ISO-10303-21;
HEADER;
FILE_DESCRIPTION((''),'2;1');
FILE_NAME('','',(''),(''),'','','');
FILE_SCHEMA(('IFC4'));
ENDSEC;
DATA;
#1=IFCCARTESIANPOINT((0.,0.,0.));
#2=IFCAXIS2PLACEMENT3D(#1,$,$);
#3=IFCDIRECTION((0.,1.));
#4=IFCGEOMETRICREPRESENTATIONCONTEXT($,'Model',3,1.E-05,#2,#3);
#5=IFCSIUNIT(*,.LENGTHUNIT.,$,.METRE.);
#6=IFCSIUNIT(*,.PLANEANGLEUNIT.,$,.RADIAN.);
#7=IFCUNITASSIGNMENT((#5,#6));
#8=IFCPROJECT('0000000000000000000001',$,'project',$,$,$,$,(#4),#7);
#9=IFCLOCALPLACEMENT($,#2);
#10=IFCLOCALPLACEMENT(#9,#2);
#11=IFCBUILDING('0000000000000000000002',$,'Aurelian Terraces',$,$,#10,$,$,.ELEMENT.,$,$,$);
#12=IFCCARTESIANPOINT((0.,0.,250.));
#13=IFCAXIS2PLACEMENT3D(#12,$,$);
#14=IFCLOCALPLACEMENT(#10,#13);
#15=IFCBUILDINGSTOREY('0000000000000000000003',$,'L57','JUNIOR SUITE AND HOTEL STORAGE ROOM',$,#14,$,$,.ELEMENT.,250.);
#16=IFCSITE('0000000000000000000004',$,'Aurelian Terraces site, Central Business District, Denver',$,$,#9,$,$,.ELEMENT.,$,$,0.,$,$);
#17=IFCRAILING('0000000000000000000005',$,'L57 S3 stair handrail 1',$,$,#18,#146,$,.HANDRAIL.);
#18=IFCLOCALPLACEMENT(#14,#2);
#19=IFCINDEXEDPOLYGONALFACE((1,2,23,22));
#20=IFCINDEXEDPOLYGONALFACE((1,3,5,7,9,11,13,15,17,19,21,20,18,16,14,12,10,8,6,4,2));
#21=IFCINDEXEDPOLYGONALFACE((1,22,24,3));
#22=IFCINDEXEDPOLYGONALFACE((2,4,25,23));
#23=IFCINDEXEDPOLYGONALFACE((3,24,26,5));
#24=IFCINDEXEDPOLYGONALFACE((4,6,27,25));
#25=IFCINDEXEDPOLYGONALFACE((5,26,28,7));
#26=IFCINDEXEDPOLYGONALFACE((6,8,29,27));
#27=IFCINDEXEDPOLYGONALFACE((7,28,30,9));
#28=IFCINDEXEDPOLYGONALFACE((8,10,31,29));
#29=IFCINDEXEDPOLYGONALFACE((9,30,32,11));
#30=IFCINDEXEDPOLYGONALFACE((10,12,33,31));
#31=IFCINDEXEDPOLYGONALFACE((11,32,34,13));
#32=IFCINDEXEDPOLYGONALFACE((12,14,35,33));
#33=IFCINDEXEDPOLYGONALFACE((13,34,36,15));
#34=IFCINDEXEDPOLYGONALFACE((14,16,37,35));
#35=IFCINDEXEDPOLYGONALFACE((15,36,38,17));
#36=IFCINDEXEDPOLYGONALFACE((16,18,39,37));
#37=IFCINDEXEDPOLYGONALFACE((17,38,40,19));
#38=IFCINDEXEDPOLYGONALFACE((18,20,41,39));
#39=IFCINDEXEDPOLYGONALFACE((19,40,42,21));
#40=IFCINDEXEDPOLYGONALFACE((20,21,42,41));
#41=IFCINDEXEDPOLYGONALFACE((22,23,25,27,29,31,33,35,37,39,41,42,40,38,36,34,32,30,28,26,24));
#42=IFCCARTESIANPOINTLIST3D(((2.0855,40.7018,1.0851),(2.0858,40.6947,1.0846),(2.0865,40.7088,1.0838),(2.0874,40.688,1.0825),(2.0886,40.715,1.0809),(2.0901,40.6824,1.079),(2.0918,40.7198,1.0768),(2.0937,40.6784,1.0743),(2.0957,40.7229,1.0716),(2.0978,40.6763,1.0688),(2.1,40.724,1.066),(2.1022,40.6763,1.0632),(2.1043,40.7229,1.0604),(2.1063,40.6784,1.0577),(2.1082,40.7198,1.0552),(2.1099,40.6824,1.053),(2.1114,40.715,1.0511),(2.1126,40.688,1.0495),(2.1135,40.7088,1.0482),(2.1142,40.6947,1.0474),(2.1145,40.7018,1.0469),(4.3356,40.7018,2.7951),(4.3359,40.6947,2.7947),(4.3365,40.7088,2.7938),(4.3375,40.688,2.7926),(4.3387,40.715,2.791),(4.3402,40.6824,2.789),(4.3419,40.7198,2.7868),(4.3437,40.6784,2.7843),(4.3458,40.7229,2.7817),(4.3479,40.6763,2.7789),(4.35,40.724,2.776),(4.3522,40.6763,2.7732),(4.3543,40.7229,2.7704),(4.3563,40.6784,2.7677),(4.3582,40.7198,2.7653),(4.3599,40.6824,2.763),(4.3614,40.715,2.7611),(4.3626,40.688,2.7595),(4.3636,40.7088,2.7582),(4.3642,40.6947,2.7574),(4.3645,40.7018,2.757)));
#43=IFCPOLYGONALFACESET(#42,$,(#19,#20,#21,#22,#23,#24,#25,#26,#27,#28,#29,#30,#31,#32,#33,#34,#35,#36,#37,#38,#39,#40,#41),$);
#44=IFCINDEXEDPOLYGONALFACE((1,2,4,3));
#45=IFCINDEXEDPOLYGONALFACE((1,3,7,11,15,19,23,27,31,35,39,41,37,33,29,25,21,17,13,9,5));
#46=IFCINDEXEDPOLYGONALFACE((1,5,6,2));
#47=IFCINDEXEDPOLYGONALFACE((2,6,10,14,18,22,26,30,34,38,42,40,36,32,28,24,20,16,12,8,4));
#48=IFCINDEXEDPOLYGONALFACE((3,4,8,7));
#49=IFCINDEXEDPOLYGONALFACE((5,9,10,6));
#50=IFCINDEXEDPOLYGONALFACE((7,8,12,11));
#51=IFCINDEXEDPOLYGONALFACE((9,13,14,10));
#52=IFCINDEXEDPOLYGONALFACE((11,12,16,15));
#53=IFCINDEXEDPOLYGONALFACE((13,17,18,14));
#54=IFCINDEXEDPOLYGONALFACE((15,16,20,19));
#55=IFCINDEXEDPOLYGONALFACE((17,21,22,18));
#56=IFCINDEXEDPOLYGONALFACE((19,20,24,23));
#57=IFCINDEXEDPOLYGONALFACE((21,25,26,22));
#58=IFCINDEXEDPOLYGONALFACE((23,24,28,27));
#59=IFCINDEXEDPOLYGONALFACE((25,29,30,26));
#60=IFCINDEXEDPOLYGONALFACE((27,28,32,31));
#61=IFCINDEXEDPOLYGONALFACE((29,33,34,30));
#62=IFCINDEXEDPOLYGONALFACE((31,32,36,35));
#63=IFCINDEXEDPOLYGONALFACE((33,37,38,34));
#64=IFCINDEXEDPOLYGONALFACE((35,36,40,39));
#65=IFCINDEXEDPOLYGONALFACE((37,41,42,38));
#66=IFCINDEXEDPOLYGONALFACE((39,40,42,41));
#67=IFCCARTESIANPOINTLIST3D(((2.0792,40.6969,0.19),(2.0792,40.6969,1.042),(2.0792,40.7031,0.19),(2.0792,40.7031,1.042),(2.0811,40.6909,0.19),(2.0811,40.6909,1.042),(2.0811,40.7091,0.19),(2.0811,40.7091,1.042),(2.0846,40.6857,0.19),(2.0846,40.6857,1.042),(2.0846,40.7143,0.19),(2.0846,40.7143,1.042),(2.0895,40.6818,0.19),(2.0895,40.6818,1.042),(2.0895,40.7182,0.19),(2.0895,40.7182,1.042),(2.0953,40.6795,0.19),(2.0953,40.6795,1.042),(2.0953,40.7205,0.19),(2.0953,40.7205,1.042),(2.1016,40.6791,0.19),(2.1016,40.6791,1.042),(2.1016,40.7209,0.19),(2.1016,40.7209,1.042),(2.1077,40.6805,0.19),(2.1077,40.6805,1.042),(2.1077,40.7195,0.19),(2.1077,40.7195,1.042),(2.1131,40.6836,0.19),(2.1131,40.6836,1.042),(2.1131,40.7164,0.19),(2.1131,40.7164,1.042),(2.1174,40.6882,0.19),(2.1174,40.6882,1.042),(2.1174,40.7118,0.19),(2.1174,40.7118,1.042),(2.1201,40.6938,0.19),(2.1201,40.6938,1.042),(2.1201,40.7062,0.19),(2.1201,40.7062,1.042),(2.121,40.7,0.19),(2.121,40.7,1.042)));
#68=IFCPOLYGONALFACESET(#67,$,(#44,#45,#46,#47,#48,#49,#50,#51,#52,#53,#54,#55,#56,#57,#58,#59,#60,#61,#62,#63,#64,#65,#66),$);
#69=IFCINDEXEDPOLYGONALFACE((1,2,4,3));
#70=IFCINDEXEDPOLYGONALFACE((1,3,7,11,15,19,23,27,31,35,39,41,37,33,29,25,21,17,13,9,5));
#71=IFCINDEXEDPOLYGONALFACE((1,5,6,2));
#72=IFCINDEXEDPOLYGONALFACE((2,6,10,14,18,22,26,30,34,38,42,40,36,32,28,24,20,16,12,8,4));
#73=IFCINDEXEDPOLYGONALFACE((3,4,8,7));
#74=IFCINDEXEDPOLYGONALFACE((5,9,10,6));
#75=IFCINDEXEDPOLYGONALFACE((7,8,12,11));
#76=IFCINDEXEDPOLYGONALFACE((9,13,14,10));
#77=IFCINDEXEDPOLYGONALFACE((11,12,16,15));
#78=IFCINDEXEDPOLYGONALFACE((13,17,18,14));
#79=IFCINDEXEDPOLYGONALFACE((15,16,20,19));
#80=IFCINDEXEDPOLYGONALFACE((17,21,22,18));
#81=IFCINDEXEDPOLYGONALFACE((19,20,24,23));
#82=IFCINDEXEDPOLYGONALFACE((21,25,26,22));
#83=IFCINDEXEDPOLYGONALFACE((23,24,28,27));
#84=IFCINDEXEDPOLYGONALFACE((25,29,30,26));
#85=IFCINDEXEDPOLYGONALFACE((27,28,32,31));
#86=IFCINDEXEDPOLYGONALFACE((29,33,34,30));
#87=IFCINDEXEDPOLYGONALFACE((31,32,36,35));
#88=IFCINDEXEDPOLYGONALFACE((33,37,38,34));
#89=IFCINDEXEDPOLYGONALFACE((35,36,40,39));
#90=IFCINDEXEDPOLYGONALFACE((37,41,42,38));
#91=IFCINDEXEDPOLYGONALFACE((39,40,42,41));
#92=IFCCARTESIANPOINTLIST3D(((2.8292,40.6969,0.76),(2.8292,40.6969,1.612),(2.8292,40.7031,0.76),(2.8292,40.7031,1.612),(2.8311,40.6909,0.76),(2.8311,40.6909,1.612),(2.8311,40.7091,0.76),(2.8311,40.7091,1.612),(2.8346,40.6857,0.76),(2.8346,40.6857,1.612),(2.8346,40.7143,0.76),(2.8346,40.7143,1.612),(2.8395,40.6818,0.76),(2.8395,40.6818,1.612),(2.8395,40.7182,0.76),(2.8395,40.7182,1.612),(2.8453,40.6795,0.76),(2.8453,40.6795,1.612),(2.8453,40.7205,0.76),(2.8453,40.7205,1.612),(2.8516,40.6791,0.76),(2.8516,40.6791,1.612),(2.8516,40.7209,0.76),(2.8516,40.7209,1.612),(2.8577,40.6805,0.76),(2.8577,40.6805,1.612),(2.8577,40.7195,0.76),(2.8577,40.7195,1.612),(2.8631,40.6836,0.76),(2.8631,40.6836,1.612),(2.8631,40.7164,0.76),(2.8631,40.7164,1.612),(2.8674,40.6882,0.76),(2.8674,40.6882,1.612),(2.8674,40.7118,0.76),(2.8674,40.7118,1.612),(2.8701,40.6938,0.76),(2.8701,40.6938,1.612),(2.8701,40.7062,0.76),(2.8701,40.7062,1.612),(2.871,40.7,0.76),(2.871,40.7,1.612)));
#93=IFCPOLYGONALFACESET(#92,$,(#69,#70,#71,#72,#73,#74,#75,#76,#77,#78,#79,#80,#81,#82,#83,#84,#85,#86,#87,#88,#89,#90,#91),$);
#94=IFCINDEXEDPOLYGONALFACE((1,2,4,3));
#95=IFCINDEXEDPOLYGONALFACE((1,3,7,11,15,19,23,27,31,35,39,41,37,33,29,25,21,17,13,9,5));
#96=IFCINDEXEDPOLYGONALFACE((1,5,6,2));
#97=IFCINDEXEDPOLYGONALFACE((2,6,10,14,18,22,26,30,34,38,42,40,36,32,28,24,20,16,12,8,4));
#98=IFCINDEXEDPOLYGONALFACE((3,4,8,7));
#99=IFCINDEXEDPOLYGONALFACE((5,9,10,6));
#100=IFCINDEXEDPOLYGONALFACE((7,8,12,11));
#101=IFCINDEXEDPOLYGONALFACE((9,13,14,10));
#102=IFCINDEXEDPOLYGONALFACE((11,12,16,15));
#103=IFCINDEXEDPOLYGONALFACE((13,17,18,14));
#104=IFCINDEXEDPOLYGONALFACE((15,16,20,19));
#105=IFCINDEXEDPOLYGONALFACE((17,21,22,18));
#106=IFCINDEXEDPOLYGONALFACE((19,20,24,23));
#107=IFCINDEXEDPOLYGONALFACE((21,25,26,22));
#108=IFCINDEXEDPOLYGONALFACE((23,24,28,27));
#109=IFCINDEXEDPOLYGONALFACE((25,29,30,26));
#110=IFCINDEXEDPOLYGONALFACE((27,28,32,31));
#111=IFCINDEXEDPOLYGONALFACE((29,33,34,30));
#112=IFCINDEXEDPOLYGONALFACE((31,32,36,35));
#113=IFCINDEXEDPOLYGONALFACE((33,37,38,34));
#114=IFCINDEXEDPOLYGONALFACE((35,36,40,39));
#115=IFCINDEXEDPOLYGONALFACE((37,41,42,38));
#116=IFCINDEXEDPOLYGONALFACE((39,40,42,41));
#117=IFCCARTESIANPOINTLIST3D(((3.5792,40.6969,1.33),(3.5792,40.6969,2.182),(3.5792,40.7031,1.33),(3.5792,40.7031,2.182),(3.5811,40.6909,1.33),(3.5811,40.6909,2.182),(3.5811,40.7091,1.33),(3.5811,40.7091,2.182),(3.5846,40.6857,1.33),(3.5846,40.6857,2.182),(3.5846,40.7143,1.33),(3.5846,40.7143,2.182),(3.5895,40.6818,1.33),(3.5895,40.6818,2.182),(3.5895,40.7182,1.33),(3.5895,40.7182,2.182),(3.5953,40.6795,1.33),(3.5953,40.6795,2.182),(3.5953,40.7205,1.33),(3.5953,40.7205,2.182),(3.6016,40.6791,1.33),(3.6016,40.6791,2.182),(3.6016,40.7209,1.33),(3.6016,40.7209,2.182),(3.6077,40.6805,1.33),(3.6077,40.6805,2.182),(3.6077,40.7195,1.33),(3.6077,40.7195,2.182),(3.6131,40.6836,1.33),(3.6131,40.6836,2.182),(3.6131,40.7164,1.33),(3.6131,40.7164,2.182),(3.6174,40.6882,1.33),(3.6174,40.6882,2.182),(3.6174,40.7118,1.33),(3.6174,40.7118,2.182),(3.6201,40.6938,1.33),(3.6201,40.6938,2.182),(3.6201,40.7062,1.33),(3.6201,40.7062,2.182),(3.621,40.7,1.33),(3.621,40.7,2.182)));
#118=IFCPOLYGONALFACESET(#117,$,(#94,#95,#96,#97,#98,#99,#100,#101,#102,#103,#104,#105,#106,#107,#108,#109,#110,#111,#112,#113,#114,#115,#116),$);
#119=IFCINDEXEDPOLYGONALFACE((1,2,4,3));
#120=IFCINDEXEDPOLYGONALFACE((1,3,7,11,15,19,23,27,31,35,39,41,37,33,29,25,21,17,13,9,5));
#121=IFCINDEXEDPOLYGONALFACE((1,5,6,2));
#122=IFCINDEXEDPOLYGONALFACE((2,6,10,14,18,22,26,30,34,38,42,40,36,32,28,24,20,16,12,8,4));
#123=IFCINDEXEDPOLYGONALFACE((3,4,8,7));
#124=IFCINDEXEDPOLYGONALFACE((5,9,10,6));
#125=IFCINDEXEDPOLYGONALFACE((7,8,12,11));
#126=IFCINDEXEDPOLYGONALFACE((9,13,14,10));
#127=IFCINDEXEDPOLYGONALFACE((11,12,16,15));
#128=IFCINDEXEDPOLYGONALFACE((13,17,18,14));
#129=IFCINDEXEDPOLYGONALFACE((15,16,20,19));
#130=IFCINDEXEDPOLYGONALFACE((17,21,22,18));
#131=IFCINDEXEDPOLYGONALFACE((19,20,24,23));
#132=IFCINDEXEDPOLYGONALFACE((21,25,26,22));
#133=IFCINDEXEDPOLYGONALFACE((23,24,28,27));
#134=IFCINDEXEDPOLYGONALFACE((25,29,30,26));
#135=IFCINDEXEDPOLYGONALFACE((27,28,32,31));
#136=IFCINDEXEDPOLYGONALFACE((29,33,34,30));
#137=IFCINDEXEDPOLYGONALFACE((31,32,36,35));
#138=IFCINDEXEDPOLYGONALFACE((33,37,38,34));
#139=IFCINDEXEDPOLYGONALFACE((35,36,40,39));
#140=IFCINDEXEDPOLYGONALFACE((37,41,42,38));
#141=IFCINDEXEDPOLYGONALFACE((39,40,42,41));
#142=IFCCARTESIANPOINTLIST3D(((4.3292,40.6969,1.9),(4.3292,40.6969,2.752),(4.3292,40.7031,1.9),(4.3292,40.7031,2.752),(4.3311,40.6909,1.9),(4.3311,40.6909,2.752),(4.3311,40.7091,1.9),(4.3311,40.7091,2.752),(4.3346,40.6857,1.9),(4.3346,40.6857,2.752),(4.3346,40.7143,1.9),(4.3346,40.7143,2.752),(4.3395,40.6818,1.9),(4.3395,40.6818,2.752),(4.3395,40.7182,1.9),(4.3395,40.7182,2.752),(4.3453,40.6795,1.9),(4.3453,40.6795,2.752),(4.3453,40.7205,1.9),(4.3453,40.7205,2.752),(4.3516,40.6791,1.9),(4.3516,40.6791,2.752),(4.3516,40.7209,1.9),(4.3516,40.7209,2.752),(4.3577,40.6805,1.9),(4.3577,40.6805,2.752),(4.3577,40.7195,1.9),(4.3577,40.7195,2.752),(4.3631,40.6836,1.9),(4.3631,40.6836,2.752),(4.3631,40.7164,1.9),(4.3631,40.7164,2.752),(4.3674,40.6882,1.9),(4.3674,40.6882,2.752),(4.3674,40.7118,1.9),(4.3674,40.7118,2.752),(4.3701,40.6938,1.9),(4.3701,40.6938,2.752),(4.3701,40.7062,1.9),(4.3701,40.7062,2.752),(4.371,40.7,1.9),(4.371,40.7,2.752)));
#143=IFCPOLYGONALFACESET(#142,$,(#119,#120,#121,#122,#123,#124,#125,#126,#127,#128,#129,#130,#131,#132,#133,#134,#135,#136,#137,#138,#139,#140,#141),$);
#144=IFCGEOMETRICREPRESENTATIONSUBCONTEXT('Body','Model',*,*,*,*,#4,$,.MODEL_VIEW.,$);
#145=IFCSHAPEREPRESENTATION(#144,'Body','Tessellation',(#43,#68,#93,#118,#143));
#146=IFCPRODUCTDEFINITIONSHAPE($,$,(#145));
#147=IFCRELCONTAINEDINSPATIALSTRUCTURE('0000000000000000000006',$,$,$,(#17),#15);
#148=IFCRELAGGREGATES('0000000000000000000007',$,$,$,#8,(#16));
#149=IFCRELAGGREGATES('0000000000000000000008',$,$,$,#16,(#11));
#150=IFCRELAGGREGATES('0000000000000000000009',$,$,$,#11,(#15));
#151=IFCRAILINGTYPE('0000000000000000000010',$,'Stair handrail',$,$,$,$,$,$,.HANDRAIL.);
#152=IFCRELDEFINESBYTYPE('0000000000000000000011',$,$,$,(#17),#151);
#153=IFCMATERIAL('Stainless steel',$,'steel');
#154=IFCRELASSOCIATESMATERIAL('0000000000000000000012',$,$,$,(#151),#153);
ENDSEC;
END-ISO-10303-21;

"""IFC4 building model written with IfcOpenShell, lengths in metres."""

from ifc_helpers import new_model, si_unit, direction, frame, origin, origin_2d, place, context, subcontext, project, spatial, circle, extrude, source, transform, mapped, material, type_object, element, save


model = new_model("IFC4")

# Units and contexts
model_context = context("Model", 3, precision=1e-05, world=origin(), true_north=direction((0.0, 1.0)))
body_context = subcontext(model_context, "Body", "Model", "MODEL_VIEW")
ifc_project = project(units=[si_unit("LENGTHUNIT", "METRE"), si_unit("PLANEANGLEUNIT", "RADIAN")], contexts=[model_context])

# Site, building, storey
site_placement = place(None, origin())
site = spatial("IfcSite", under=ifc_project, at=site_placement, Name="Aurelian Terraces site, Central Business District, Denver", CompositionType="ELEMENT", RefElevation=0.0)
building_placement = place(site_placement, origin())
building = spatial("IfcBuilding", under=site, at=building_placement, Name="Aurelian Terraces", CompositionType="ELEMENT")
storey_placement = place(building_placement, frame((0.0, 0.0, 250.0)))
storey = spatial("IfcBuildingStorey", under=building, at=storey_placement, Name="L57", Description="JUNIOR SUITE AND HOTEL STORAGE ROOM", CompositionType="ELEMENT", Elevation=250.0)

# Railing
ifc_material_1 = material(Name="Stainless steel", Category="steel")
railing_type_1 = type_object("IfcRailingType", Name="Stair handrail", PredefinedType="HANDRAIL", material=ifc_material_1)
shared_shape_1 = source(origin(), body_context, "Body", "SweptSolid", [
    extrude(circle(Radius=0.024, at=origin_2d()), frame((0.0, 0.0, 0.876), z_axis=(0.796162, 0.0, 0.605083), x_axis=(0.0, 1.0, 0.0)), (0.0, 0.0, 1.0), 2.8261),
    extrude(circle(Radius=0.021, at=origin_2d()), origin(), (0.0, 0.0, 1.0), 0.852),
    extrude(circle(Radius=0.021, at=origin_2d()), frame((0.75, 0.0, 0.57)), (0.0, 0.0, 1.0), 0.852),
    extrude(circle(Radius=0.021, at=origin_2d()), frame((1.5, 0.0, 1.14)), (0.0, 0.0, 1.0), 0.852),
    extrude(circle(Radius=0.021, at=origin_2d()), frame((2.25, 0.0, 1.71)), (0.0, 0.0, 1.0), 0.852),
])
railing_1_placement = place(storey_placement, frame((2.1, 40.7, 0.19)))
element("IfcRailing", 1, at=railing_1_placement, inside=storey, type_object=railing_type_1, Name="L57 S3 stair handrail 1", PredefinedType="HANDRAIL", context=body_context, shape_type="MappedRepresentation", body=[
    mapped(shared_shape_1, transform((0.0, 0.0, 0.0), scale=1.0)),
])

save(model, "model.ifc")
